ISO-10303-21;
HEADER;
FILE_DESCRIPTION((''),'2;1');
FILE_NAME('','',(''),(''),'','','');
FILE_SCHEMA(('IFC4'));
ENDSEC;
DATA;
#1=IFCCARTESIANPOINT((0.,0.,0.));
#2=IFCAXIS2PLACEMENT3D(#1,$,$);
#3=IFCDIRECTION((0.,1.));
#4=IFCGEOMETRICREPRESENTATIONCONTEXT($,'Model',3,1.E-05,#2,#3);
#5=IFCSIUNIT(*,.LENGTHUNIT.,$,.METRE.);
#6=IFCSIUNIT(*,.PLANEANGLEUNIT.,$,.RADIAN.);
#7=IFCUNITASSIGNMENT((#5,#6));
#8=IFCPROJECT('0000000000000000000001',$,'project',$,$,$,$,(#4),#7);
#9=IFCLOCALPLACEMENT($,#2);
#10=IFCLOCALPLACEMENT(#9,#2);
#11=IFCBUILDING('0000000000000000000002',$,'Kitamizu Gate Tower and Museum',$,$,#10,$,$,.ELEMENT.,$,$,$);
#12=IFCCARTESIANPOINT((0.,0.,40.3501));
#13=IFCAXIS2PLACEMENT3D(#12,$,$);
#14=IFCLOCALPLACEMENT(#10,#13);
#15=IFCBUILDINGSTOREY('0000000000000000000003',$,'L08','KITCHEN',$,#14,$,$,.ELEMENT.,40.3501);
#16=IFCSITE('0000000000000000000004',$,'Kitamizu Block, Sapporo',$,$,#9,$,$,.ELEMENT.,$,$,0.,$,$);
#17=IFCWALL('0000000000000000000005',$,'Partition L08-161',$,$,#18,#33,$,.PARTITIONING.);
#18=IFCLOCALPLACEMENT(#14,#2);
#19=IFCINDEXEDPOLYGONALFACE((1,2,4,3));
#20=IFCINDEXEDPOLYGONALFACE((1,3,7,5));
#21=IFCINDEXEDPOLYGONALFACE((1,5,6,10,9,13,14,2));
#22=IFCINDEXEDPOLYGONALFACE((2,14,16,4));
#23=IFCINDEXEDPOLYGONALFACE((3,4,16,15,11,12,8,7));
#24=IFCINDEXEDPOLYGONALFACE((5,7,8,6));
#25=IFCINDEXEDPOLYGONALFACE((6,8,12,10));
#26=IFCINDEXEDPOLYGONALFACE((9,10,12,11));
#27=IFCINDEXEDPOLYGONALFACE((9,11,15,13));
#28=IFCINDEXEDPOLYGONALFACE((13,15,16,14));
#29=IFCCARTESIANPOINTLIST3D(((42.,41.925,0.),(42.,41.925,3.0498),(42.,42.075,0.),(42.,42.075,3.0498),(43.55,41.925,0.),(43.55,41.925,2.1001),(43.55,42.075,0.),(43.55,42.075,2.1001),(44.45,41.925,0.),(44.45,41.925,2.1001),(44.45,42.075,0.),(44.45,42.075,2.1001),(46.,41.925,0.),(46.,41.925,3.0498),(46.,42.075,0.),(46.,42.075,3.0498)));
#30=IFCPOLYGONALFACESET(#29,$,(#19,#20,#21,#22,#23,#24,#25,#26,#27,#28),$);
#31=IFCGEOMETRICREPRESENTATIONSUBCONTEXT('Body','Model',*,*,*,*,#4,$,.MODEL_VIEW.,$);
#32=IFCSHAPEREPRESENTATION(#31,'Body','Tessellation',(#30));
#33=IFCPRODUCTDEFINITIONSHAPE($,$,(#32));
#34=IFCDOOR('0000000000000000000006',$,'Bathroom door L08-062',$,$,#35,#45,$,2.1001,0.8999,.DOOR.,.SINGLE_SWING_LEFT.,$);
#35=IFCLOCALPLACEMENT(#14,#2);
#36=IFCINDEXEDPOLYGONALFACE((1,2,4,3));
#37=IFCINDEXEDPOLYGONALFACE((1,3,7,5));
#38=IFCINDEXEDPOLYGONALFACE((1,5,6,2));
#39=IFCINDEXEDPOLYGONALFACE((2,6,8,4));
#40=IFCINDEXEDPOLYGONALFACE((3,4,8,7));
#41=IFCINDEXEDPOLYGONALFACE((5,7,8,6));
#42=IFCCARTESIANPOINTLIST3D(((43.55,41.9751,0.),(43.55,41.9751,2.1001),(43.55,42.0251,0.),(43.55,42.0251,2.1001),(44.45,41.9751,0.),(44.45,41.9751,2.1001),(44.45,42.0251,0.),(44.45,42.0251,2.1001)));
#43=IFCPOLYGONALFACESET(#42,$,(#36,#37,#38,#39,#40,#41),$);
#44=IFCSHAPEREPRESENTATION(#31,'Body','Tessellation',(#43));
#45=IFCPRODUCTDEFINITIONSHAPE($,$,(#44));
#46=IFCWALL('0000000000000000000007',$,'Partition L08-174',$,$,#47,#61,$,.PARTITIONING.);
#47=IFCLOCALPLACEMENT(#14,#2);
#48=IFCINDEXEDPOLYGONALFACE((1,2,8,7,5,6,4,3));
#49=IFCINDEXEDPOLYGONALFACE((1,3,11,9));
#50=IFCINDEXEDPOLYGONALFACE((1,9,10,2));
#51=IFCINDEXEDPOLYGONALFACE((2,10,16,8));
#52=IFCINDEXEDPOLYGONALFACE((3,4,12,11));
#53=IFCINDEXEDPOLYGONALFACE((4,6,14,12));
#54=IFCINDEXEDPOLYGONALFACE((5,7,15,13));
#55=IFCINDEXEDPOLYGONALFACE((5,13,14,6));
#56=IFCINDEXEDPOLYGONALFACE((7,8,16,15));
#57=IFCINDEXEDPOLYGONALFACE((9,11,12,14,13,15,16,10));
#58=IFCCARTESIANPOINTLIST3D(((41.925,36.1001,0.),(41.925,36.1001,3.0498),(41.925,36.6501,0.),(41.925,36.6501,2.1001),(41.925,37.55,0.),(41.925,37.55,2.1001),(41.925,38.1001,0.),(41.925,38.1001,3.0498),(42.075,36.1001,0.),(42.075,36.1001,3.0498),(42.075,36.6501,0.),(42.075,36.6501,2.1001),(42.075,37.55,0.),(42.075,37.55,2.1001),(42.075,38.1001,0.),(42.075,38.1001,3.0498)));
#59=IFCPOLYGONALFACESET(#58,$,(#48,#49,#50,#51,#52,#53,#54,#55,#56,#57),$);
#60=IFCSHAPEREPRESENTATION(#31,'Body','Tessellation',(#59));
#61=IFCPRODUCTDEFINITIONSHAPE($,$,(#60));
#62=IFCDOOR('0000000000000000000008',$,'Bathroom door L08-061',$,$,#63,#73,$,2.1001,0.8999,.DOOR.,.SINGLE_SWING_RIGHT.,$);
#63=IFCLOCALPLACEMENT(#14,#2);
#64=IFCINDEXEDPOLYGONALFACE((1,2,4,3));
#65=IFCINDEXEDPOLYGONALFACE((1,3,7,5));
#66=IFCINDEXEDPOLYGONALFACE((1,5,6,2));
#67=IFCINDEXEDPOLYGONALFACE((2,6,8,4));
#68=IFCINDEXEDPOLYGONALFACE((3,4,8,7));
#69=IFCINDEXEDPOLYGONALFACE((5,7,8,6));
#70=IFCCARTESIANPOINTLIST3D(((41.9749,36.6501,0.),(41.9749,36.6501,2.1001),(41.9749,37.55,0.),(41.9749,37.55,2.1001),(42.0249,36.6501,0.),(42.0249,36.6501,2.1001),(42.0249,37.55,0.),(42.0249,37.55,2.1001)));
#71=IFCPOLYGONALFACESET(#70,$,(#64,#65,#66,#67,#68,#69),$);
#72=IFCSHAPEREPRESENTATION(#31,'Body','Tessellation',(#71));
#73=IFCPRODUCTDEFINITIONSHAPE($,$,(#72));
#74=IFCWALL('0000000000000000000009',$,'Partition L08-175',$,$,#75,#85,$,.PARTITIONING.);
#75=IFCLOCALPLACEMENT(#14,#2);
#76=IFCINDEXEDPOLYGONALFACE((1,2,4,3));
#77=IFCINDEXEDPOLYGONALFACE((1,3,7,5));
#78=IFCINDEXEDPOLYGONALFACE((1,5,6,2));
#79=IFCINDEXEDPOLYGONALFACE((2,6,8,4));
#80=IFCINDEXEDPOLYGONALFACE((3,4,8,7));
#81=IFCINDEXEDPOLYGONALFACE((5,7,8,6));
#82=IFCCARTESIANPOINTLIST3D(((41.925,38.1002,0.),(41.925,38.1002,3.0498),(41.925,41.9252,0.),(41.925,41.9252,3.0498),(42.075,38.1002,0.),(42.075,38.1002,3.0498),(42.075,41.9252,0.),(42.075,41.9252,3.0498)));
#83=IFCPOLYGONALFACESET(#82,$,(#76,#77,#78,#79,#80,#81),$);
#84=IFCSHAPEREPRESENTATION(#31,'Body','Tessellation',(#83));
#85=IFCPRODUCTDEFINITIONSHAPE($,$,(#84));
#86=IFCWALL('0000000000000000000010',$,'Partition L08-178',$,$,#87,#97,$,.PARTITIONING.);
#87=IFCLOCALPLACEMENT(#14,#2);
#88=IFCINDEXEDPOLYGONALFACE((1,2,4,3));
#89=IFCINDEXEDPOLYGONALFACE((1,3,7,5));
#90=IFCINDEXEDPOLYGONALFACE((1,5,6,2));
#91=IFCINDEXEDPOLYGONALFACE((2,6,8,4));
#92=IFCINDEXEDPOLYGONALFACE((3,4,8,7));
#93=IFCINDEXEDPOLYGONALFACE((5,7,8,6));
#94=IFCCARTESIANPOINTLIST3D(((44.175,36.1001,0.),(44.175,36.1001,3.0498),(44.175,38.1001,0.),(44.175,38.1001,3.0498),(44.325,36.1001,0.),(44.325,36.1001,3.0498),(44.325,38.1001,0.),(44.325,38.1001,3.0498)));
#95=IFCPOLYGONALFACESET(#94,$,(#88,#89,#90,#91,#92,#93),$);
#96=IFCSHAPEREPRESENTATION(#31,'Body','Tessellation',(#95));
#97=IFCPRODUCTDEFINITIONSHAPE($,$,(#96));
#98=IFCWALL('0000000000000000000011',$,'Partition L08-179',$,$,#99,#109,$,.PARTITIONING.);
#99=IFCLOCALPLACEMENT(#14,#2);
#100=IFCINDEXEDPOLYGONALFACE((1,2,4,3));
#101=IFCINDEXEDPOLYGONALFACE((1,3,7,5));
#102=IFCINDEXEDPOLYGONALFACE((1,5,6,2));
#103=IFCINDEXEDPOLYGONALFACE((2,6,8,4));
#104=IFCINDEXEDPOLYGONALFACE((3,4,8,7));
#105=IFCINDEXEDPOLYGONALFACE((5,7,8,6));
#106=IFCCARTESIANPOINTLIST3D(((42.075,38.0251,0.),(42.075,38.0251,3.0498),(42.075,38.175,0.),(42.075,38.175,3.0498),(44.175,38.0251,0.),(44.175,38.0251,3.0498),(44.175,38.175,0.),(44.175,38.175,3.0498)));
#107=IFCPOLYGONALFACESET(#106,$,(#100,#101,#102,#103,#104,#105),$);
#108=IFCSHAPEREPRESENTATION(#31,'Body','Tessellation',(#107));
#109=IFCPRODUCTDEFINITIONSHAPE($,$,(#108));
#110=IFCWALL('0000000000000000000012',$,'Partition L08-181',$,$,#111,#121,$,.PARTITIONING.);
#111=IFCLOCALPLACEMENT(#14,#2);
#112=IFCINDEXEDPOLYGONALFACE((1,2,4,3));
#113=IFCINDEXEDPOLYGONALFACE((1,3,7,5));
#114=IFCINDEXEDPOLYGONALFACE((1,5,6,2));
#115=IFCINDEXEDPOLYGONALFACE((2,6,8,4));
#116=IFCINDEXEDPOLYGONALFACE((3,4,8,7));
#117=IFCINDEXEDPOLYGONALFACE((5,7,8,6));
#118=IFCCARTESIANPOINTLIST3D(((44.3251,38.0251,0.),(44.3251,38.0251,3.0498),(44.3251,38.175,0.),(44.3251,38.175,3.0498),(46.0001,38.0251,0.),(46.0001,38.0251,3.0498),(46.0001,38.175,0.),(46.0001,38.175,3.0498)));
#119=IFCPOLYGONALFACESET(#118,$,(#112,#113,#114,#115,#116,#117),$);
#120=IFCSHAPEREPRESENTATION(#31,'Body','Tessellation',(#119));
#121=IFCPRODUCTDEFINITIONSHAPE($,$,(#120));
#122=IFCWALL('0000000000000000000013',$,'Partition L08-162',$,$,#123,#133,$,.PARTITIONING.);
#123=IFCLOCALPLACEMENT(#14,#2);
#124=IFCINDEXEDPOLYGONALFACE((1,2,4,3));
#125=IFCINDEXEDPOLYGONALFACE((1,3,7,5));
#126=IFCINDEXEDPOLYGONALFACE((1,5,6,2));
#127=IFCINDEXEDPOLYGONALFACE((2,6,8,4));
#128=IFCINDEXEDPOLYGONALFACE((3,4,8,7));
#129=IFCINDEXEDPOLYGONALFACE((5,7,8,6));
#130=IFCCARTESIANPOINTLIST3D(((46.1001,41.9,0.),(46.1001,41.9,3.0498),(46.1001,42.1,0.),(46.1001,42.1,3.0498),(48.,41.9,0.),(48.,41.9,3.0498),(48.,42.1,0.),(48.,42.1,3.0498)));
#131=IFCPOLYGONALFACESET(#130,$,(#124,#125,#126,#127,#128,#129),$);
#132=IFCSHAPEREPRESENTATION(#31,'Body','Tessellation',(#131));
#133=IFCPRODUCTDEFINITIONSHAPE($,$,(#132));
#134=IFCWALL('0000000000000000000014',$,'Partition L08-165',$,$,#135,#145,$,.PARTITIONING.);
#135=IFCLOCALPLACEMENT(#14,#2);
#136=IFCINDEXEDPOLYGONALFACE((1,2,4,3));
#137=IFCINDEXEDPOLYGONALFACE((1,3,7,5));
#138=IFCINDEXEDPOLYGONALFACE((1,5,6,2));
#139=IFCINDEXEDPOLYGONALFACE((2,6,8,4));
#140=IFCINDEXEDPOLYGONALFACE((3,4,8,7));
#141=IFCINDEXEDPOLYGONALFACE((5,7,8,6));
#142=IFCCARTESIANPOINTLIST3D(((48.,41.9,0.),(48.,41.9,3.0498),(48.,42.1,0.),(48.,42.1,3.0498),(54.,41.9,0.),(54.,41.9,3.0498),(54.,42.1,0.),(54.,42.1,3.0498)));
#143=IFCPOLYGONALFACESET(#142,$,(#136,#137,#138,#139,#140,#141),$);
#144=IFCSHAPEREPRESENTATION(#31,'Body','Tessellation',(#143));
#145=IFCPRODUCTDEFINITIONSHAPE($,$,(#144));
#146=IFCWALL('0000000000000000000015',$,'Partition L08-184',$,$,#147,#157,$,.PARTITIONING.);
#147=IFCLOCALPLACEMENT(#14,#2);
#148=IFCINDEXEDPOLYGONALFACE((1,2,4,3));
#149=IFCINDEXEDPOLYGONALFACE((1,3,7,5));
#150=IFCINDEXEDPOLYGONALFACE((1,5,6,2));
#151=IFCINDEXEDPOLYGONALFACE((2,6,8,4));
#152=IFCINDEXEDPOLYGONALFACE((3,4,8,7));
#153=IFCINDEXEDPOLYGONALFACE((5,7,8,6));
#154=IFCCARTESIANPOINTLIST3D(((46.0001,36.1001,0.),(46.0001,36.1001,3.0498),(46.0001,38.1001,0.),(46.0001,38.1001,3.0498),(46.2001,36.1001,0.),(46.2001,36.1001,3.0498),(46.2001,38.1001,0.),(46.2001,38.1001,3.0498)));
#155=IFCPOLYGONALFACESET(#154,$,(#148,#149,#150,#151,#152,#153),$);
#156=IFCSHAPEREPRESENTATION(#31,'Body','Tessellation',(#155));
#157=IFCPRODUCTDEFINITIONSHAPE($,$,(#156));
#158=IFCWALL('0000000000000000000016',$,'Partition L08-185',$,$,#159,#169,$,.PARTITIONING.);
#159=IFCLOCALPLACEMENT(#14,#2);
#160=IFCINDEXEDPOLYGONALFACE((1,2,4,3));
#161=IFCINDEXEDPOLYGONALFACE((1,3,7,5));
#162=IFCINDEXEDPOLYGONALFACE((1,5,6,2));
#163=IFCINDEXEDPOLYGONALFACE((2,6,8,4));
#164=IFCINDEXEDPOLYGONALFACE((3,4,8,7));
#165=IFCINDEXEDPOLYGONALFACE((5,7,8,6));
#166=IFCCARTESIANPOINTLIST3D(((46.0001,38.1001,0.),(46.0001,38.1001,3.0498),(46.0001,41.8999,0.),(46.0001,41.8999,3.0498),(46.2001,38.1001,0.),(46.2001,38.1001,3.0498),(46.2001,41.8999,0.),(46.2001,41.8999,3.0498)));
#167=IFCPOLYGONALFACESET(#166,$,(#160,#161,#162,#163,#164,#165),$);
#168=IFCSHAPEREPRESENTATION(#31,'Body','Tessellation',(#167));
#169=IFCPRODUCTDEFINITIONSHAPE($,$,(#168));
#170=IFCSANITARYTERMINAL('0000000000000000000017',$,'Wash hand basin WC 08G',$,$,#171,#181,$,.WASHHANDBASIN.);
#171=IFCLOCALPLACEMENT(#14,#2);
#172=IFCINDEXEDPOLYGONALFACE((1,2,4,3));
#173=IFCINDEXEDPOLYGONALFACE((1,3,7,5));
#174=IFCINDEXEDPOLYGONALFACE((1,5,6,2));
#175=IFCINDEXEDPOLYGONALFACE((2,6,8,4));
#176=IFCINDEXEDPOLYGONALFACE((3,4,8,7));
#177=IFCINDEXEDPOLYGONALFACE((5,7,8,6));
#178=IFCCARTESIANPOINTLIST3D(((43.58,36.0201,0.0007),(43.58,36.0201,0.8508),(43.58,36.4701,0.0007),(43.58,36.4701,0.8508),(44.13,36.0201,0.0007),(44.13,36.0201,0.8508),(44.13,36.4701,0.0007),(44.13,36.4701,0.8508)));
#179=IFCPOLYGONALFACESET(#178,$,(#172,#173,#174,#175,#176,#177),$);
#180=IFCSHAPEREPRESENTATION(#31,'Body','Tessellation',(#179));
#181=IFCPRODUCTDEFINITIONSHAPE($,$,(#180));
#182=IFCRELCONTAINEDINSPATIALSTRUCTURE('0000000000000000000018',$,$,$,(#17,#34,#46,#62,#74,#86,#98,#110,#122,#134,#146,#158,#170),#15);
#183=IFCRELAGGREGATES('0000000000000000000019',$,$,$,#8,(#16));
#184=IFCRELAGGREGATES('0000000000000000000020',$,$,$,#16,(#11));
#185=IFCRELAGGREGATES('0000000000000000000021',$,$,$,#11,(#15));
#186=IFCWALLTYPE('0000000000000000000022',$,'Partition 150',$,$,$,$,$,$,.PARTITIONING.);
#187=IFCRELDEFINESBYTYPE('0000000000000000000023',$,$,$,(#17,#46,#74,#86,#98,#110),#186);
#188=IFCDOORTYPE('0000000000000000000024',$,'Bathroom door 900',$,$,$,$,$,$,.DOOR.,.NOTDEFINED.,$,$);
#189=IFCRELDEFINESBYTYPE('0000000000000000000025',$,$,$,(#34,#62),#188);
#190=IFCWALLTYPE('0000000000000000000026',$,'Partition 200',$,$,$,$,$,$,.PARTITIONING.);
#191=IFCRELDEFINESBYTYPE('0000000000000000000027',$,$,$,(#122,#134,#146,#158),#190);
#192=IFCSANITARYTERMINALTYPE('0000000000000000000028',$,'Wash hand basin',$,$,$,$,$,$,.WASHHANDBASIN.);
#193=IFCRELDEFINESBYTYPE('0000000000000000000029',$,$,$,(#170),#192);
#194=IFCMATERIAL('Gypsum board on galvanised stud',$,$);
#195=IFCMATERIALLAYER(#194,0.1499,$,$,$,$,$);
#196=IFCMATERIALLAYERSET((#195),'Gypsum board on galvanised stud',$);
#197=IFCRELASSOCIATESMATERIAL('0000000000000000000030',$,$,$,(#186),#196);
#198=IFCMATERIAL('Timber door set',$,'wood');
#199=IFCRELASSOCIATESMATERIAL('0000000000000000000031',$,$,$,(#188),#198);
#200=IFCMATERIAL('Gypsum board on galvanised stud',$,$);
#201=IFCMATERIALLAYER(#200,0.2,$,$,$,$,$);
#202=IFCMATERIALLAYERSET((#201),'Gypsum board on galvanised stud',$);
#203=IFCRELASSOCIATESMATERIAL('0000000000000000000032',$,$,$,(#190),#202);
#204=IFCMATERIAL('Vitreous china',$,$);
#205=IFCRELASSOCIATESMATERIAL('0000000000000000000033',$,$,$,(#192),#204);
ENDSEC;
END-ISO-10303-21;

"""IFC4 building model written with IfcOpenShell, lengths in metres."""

from ifc_helpers import new_model, si_unit, direction, frame, frame_2d, origin, origin_2d, place, context, subcontext, project, spatial, rectangle, extrude, material, layer, layer_set, type_object, element, fill, save


model = new_model("IFC4")

# Units and contexts
model_context = context("Model", 3, precision=1e-05, world=origin(), true_north=direction((0.0, 1.0)))
body_context = subcontext(model_context, "Body", "Model", "MODEL_VIEW")
ifc_project = project(units=[si_unit("LENGTHUNIT", "METRE"), si_unit("PLANEANGLEUNIT", "RADIAN")], contexts=[model_context])

# Site, building, storey
site_placement = place(None, origin())
site = spatial("IfcSite", under=ifc_project, at=site_placement, Name="Kitamizu Block, Sapporo", CompositionType="ELEMENT", RefElevation=0.0)
building_placement = place(site_placement, origin())
building = spatial("IfcBuilding", under=site, at=building_placement, Name="Kitamizu Gate Tower and Museum", CompositionType="ELEMENT")
storey_placement = place(building_placement, frame((0.0, 0.0, 40.3501)))
storey = spatial("IfcBuildingStorey", under=building, at=storey_placement, Name="L08", Description="KITCHEN", CompositionType="ELEMENT", Elevation=40.3501)

# Shared definitions
ifc_material_1 = material(Name="Gypsum board on galvanised stud")
ifc_layer_1 = layer(ifc_material_1, 0.1499)
ifc_layer_set_1 = layer_set([ifc_layer_1], Name="Gypsum board on galvanised stud")
wall_type_1 = type_object("IfcWallType", Name="Partition 150", PredefinedType="PARTITIONING", material=ifc_layer_set_1)

# Walls, openings, doors
ifc_material_2 = material(Name="Timber door set", Category="wood")
door_type_1 = type_object("IfcDoorType", Name="Bathroom door 900", OperationType="NOTDEFINED", PredefinedType="DOOR", material=ifc_material_2)
wall_1_placement = place(storey_placement, frame((42.0, 42.0, 0.0), z_axis=(0.0, 0.0, 1.0), x_axis=(1.0, 0.0, 0.0)))
wall_1 = element("IfcWall", 1, at=wall_1_placement, inside=storey, type_object=wall_type_1, Name="Partition L08-161", PredefinedType="PARTITIONING", context=body_context, shape_type="SweptSolid", body=[
    extrude(rectangle(XDim=4.0, YDim=0.1499, at=frame_2d((2.0, 0.0))), origin(), (0.0, 0.0, 1.0), 3.0498),
])
opening_1_placement = place(wall_1_placement, frame((1.55, 0.0, 0.0)))
opening_1 = element("IfcOpeningElement", 2, at=opening_1_placement, cuts=wall_1, PredefinedType="OPENING", context=body_context, shape_type="SweptSolid", body=[
    extrude(rectangle(XDim=0.8999, YDim=2.1001, at=frame_2d((0.45, 1.05))), frame((0.0, 0.085, 0.0), z_axis=(0.0, -1.0, 0.0), x_axis=(1.0, 0.0, 0.0)), (0.0, 0.0, 1.0), 0.1699),
])
door_1_placement = place(opening_1_placement, frame((0.8999, 0.0, 0.0), x_axis=(-1.0, 0.0, 0.0)))
door_1 = element("IfcDoor", 3, at=door_1_placement, inside=storey, type_object=door_type_1, Name="Bathroom door L08-062", OperationType="SINGLE_SWING_LEFT", OverallHeight=2.1001, OverallWidth=0.8999, PredefinedType="DOOR", context=body_context, shape_type="SweptSolid", body=[
    extrude(rectangle(XDim=0.8999, YDim=2.1001, at=frame_2d((0.45, 1.05))), frame((0.0, 0.0249, 0.0), z_axis=(0.0, -1.0, 0.0), x_axis=(1.0, 0.0, 0.0)), (0.0, 0.0, 1.0), 0.05),
])
fill(opening_1, door_1)
wall_2_placement = place(storey_placement, frame((42.0, 36.1001, 0.0), z_axis=(0.0, 0.0, 1.0), x_axis=(0.0, 1.0, 0.0)))
wall_2 = element("IfcWall", 4, at=wall_2_placement, inside=storey, type_object=wall_type_1, Name="Partition L08-174", PredefinedType="PARTITIONING", context=body_context, shape_type="SweptSolid", body=[
    extrude(rectangle(XDim=2.0, YDim=0.1499, at=frame_2d((1.0, 0.0))), origin(), (0.0, 0.0, 1.0), 3.0498),
])
opening_2_placement = place(wall_2_placement, frame((0.55, 0.0, 0.0)))
opening_2 = element("IfcOpeningElement", 5, at=opening_2_placement, cuts=wall_2, PredefinedType="OPENING", context=body_context, shape_type="SweptSolid", body=[
    extrude(rectangle(XDim=0.8999, YDim=2.1001, at=frame_2d((0.45, 1.05))), frame((0.0, 0.085, 0.0), z_axis=(0.0, -1.0, 0.0), x_axis=(1.0, 0.0, 0.0)), (0.0, 0.0, 1.0), 0.1699),
])
door_2_placement = place(opening_2_placement, frame((0.8999, 0.0, 0.0), x_axis=(-1.0, 0.0, 0.0)))
door_2 = element("IfcDoor", 6, at=door_2_placement, inside=storey, type_object=door_type_1, Name="Bathroom door L08-061", OperationType="SINGLE_SWING_RIGHT", OverallHeight=2.1001, OverallWidth=0.8999, PredefinedType="DOOR", context=body_context, shape_type="SweptSolid", body=[
    extrude(rectangle(XDim=0.8999, YDim=2.1001, at=frame_2d((0.45, 1.05))), frame((0.0, 0.0249, 0.0), z_axis=(0.0, -1.0, 0.0), x_axis=(1.0, 0.0, 0.0)), (0.0, 0.0, 1.0), 0.05),
])
fill(opening_2, door_2)

# Walls
wall_3_placement = place(storey_placement, frame((42.0, 38.1001, 0.0), z_axis=(0.0, 0.0, 1.0), x_axis=(0.0, 1.0, 0.0)))
element("IfcWall", 7, at=wall_3_placement, inside=storey, type_object=wall_type_1, Name="Partition L08-175", PredefinedType="PARTITIONING", context=body_context, shape_type="SweptSolid", body=[
    extrude(rectangle(XDim=3.825, YDim=0.1499, at=frame_2d((1.9126, 0.0))), origin(), (0.0, 0.0, 1.0), 3.0498),
])
wall_4_placement = place(storey_placement, frame((44.25, 36.1001, 0.0), z_axis=(0.0, 0.0, 1.0), x_axis=(0.0, 1.0, 0.0)))
element("IfcWall", 8, at=wall_4_placement, inside=storey, type_object=wall_type_1, Name="Partition L08-178", PredefinedType="PARTITIONING", context=body_context, shape_type="SweptSolid", body=[
    extrude(rectangle(XDim=2.0, YDim=0.1499, at=frame_2d((1.0, 0.0))), origin(), (0.0, 0.0, 1.0), 3.0498),
])
wall_5_placement = place(storey_placement, frame((44.175, 38.1001, 0.0), z_axis=(0.0, 0.0, 1.0), x_axis=(-1.0, 0.0, 0.0)))
element("IfcWall", 9, at=wall_5_placement, inside=storey, type_object=wall_type_1, Name="Partition L08-179", PredefinedType="PARTITIONING", context=body_context, shape_type="SweptSolid", body=[
    extrude(rectangle(XDim=2.1001, YDim=0.1499, at=frame_2d((1.05, 0.0))), origin(), (0.0, 0.0, 1.0), 3.0498),
])
wall_6_placement = place(storey_placement, frame((46.0, 38.1001, 0.0), z_axis=(0.0, 0.0, 1.0), x_axis=(-1.0, 0.0, 0.0)))
element("IfcWall", 10, at=wall_6_placement, inside=storey, type_object=wall_type_1, Name="Partition L08-181", PredefinedType="PARTITIONING", context=body_context, shape_type="SweptSolid", body=[
    extrude(rectangle(XDim=1.675, YDim=0.1499, at=frame_2d((0.8374, 0.0))), origin(), (0.0, 0.0, 1.0), 3.0498),
])
ifc_material_3 = material(Name="Gypsum board on galvanised stud")
ifc_layer_2 = layer(ifc_material_3, 0.2)
ifc_layer_set_2 = layer_set([ifc_layer_2], Name="Gypsum board on galvanised stud")
wall_type_2 = type_object("IfcWallType", Name="Partition 200", PredefinedType="PARTITIONING", material=ifc_layer_set_2)
wall_7_placement = place(storey_placement, frame((46.1001, 42.0, 0.0), z_axis=(0.0, 0.0, 1.0), x_axis=(1.0, 0.0, 0.0)))
element("IfcWall", 11, at=wall_7_placement, inside=storey, type_object=wall_type_2, Name="Partition L08-162", PredefinedType="PARTITIONING", context=body_context, shape_type="SweptSolid", body=[
    extrude(rectangle(XDim=1.8999, YDim=0.2, at=frame_2d((0.95, 0.0))), origin(), (0.0, 0.0, 1.0), 3.0498),
])
wall_8_placement = place(storey_placement, frame((48.0, 42.0, 0.0), z_axis=(0.0, 0.0, 1.0), x_axis=(1.0, 0.0, 0.0)))
element("IfcWall", 12, at=wall_8_placement, inside=storey, type_object=wall_type_2, Name="Partition L08-165", PredefinedType="PARTITIONING", context=body_context, shape_type="SweptSolid", body=[
    extrude(rectangle(XDim=6.0, YDim=0.2, at=frame_2d((3.0, 0.0))), origin(), (0.0, 0.0, 1.0), 3.0498),
])
wall_9_placement = place(storey_placement, frame((46.1001, 36.1001, 0.0), z_axis=(0.0, 0.0, 1.0), x_axis=(0.0, 1.0, 0.0)))
element("IfcWall", 13, at=wall_9_placement, inside=storey, type_object=wall_type_2, Name="Partition L08-184", PredefinedType="PARTITIONING", context=body_context, shape_type="SweptSolid", body=[
    extrude(rectangle(XDim=2.0, YDim=0.2, at=frame_2d((1.0, 0.0))), origin(), (0.0, 0.0, 1.0), 3.0498),
])
wall_10_placement = place(storey_placement, frame((46.1001, 38.1001, 0.0), z_axis=(0.0, 0.0, 1.0), x_axis=(0.0, 1.0, 0.0)))
element("IfcWall", 14, at=wall_10_placement, inside=storey, type_object=wall_type_2, Name="Partition L08-185", PredefinedType="PARTITIONING", context=body_context, shape_type="SweptSolid", body=[
    extrude(rectangle(XDim=3.7998, YDim=0.2, at=frame_2d((1.8999, 0.0))), origin(), (0.0, 0.0, 1.0), 3.0498),
])

# Sanitary terminal
ifc_material_4 = material(Name="Vitreous china")
sanitary_terminal_type_1 = type_object("IfcSanitaryTerminalType", Name="Wash hand basin", PredefinedType="WASHHANDBASIN", material=ifc_material_4)
sanitary_terminal_1_placement = place(storey_placement, frame((43.855, 36.2451, 0.0007), z_axis=(0.0, 0.0, 1.0), x_axis=(1.0, 0.0, 0.0)))
element("IfcSanitaryTerminal", 15, at=sanitary_terminal_1_placement, inside=storey, type_object=sanitary_terminal_type_1, Name="Wash hand basin WC 08G", PredefinedType="WASHHANDBASIN", context=body_context, shape_type="SweptSolid", body=[
    extrude(rectangle(XDim=0.55, YDim=0.45, at=origin_2d()), origin(), (0.0, 0.0, 1.0), 0.8501),
])

save(model, "model.ifc")
